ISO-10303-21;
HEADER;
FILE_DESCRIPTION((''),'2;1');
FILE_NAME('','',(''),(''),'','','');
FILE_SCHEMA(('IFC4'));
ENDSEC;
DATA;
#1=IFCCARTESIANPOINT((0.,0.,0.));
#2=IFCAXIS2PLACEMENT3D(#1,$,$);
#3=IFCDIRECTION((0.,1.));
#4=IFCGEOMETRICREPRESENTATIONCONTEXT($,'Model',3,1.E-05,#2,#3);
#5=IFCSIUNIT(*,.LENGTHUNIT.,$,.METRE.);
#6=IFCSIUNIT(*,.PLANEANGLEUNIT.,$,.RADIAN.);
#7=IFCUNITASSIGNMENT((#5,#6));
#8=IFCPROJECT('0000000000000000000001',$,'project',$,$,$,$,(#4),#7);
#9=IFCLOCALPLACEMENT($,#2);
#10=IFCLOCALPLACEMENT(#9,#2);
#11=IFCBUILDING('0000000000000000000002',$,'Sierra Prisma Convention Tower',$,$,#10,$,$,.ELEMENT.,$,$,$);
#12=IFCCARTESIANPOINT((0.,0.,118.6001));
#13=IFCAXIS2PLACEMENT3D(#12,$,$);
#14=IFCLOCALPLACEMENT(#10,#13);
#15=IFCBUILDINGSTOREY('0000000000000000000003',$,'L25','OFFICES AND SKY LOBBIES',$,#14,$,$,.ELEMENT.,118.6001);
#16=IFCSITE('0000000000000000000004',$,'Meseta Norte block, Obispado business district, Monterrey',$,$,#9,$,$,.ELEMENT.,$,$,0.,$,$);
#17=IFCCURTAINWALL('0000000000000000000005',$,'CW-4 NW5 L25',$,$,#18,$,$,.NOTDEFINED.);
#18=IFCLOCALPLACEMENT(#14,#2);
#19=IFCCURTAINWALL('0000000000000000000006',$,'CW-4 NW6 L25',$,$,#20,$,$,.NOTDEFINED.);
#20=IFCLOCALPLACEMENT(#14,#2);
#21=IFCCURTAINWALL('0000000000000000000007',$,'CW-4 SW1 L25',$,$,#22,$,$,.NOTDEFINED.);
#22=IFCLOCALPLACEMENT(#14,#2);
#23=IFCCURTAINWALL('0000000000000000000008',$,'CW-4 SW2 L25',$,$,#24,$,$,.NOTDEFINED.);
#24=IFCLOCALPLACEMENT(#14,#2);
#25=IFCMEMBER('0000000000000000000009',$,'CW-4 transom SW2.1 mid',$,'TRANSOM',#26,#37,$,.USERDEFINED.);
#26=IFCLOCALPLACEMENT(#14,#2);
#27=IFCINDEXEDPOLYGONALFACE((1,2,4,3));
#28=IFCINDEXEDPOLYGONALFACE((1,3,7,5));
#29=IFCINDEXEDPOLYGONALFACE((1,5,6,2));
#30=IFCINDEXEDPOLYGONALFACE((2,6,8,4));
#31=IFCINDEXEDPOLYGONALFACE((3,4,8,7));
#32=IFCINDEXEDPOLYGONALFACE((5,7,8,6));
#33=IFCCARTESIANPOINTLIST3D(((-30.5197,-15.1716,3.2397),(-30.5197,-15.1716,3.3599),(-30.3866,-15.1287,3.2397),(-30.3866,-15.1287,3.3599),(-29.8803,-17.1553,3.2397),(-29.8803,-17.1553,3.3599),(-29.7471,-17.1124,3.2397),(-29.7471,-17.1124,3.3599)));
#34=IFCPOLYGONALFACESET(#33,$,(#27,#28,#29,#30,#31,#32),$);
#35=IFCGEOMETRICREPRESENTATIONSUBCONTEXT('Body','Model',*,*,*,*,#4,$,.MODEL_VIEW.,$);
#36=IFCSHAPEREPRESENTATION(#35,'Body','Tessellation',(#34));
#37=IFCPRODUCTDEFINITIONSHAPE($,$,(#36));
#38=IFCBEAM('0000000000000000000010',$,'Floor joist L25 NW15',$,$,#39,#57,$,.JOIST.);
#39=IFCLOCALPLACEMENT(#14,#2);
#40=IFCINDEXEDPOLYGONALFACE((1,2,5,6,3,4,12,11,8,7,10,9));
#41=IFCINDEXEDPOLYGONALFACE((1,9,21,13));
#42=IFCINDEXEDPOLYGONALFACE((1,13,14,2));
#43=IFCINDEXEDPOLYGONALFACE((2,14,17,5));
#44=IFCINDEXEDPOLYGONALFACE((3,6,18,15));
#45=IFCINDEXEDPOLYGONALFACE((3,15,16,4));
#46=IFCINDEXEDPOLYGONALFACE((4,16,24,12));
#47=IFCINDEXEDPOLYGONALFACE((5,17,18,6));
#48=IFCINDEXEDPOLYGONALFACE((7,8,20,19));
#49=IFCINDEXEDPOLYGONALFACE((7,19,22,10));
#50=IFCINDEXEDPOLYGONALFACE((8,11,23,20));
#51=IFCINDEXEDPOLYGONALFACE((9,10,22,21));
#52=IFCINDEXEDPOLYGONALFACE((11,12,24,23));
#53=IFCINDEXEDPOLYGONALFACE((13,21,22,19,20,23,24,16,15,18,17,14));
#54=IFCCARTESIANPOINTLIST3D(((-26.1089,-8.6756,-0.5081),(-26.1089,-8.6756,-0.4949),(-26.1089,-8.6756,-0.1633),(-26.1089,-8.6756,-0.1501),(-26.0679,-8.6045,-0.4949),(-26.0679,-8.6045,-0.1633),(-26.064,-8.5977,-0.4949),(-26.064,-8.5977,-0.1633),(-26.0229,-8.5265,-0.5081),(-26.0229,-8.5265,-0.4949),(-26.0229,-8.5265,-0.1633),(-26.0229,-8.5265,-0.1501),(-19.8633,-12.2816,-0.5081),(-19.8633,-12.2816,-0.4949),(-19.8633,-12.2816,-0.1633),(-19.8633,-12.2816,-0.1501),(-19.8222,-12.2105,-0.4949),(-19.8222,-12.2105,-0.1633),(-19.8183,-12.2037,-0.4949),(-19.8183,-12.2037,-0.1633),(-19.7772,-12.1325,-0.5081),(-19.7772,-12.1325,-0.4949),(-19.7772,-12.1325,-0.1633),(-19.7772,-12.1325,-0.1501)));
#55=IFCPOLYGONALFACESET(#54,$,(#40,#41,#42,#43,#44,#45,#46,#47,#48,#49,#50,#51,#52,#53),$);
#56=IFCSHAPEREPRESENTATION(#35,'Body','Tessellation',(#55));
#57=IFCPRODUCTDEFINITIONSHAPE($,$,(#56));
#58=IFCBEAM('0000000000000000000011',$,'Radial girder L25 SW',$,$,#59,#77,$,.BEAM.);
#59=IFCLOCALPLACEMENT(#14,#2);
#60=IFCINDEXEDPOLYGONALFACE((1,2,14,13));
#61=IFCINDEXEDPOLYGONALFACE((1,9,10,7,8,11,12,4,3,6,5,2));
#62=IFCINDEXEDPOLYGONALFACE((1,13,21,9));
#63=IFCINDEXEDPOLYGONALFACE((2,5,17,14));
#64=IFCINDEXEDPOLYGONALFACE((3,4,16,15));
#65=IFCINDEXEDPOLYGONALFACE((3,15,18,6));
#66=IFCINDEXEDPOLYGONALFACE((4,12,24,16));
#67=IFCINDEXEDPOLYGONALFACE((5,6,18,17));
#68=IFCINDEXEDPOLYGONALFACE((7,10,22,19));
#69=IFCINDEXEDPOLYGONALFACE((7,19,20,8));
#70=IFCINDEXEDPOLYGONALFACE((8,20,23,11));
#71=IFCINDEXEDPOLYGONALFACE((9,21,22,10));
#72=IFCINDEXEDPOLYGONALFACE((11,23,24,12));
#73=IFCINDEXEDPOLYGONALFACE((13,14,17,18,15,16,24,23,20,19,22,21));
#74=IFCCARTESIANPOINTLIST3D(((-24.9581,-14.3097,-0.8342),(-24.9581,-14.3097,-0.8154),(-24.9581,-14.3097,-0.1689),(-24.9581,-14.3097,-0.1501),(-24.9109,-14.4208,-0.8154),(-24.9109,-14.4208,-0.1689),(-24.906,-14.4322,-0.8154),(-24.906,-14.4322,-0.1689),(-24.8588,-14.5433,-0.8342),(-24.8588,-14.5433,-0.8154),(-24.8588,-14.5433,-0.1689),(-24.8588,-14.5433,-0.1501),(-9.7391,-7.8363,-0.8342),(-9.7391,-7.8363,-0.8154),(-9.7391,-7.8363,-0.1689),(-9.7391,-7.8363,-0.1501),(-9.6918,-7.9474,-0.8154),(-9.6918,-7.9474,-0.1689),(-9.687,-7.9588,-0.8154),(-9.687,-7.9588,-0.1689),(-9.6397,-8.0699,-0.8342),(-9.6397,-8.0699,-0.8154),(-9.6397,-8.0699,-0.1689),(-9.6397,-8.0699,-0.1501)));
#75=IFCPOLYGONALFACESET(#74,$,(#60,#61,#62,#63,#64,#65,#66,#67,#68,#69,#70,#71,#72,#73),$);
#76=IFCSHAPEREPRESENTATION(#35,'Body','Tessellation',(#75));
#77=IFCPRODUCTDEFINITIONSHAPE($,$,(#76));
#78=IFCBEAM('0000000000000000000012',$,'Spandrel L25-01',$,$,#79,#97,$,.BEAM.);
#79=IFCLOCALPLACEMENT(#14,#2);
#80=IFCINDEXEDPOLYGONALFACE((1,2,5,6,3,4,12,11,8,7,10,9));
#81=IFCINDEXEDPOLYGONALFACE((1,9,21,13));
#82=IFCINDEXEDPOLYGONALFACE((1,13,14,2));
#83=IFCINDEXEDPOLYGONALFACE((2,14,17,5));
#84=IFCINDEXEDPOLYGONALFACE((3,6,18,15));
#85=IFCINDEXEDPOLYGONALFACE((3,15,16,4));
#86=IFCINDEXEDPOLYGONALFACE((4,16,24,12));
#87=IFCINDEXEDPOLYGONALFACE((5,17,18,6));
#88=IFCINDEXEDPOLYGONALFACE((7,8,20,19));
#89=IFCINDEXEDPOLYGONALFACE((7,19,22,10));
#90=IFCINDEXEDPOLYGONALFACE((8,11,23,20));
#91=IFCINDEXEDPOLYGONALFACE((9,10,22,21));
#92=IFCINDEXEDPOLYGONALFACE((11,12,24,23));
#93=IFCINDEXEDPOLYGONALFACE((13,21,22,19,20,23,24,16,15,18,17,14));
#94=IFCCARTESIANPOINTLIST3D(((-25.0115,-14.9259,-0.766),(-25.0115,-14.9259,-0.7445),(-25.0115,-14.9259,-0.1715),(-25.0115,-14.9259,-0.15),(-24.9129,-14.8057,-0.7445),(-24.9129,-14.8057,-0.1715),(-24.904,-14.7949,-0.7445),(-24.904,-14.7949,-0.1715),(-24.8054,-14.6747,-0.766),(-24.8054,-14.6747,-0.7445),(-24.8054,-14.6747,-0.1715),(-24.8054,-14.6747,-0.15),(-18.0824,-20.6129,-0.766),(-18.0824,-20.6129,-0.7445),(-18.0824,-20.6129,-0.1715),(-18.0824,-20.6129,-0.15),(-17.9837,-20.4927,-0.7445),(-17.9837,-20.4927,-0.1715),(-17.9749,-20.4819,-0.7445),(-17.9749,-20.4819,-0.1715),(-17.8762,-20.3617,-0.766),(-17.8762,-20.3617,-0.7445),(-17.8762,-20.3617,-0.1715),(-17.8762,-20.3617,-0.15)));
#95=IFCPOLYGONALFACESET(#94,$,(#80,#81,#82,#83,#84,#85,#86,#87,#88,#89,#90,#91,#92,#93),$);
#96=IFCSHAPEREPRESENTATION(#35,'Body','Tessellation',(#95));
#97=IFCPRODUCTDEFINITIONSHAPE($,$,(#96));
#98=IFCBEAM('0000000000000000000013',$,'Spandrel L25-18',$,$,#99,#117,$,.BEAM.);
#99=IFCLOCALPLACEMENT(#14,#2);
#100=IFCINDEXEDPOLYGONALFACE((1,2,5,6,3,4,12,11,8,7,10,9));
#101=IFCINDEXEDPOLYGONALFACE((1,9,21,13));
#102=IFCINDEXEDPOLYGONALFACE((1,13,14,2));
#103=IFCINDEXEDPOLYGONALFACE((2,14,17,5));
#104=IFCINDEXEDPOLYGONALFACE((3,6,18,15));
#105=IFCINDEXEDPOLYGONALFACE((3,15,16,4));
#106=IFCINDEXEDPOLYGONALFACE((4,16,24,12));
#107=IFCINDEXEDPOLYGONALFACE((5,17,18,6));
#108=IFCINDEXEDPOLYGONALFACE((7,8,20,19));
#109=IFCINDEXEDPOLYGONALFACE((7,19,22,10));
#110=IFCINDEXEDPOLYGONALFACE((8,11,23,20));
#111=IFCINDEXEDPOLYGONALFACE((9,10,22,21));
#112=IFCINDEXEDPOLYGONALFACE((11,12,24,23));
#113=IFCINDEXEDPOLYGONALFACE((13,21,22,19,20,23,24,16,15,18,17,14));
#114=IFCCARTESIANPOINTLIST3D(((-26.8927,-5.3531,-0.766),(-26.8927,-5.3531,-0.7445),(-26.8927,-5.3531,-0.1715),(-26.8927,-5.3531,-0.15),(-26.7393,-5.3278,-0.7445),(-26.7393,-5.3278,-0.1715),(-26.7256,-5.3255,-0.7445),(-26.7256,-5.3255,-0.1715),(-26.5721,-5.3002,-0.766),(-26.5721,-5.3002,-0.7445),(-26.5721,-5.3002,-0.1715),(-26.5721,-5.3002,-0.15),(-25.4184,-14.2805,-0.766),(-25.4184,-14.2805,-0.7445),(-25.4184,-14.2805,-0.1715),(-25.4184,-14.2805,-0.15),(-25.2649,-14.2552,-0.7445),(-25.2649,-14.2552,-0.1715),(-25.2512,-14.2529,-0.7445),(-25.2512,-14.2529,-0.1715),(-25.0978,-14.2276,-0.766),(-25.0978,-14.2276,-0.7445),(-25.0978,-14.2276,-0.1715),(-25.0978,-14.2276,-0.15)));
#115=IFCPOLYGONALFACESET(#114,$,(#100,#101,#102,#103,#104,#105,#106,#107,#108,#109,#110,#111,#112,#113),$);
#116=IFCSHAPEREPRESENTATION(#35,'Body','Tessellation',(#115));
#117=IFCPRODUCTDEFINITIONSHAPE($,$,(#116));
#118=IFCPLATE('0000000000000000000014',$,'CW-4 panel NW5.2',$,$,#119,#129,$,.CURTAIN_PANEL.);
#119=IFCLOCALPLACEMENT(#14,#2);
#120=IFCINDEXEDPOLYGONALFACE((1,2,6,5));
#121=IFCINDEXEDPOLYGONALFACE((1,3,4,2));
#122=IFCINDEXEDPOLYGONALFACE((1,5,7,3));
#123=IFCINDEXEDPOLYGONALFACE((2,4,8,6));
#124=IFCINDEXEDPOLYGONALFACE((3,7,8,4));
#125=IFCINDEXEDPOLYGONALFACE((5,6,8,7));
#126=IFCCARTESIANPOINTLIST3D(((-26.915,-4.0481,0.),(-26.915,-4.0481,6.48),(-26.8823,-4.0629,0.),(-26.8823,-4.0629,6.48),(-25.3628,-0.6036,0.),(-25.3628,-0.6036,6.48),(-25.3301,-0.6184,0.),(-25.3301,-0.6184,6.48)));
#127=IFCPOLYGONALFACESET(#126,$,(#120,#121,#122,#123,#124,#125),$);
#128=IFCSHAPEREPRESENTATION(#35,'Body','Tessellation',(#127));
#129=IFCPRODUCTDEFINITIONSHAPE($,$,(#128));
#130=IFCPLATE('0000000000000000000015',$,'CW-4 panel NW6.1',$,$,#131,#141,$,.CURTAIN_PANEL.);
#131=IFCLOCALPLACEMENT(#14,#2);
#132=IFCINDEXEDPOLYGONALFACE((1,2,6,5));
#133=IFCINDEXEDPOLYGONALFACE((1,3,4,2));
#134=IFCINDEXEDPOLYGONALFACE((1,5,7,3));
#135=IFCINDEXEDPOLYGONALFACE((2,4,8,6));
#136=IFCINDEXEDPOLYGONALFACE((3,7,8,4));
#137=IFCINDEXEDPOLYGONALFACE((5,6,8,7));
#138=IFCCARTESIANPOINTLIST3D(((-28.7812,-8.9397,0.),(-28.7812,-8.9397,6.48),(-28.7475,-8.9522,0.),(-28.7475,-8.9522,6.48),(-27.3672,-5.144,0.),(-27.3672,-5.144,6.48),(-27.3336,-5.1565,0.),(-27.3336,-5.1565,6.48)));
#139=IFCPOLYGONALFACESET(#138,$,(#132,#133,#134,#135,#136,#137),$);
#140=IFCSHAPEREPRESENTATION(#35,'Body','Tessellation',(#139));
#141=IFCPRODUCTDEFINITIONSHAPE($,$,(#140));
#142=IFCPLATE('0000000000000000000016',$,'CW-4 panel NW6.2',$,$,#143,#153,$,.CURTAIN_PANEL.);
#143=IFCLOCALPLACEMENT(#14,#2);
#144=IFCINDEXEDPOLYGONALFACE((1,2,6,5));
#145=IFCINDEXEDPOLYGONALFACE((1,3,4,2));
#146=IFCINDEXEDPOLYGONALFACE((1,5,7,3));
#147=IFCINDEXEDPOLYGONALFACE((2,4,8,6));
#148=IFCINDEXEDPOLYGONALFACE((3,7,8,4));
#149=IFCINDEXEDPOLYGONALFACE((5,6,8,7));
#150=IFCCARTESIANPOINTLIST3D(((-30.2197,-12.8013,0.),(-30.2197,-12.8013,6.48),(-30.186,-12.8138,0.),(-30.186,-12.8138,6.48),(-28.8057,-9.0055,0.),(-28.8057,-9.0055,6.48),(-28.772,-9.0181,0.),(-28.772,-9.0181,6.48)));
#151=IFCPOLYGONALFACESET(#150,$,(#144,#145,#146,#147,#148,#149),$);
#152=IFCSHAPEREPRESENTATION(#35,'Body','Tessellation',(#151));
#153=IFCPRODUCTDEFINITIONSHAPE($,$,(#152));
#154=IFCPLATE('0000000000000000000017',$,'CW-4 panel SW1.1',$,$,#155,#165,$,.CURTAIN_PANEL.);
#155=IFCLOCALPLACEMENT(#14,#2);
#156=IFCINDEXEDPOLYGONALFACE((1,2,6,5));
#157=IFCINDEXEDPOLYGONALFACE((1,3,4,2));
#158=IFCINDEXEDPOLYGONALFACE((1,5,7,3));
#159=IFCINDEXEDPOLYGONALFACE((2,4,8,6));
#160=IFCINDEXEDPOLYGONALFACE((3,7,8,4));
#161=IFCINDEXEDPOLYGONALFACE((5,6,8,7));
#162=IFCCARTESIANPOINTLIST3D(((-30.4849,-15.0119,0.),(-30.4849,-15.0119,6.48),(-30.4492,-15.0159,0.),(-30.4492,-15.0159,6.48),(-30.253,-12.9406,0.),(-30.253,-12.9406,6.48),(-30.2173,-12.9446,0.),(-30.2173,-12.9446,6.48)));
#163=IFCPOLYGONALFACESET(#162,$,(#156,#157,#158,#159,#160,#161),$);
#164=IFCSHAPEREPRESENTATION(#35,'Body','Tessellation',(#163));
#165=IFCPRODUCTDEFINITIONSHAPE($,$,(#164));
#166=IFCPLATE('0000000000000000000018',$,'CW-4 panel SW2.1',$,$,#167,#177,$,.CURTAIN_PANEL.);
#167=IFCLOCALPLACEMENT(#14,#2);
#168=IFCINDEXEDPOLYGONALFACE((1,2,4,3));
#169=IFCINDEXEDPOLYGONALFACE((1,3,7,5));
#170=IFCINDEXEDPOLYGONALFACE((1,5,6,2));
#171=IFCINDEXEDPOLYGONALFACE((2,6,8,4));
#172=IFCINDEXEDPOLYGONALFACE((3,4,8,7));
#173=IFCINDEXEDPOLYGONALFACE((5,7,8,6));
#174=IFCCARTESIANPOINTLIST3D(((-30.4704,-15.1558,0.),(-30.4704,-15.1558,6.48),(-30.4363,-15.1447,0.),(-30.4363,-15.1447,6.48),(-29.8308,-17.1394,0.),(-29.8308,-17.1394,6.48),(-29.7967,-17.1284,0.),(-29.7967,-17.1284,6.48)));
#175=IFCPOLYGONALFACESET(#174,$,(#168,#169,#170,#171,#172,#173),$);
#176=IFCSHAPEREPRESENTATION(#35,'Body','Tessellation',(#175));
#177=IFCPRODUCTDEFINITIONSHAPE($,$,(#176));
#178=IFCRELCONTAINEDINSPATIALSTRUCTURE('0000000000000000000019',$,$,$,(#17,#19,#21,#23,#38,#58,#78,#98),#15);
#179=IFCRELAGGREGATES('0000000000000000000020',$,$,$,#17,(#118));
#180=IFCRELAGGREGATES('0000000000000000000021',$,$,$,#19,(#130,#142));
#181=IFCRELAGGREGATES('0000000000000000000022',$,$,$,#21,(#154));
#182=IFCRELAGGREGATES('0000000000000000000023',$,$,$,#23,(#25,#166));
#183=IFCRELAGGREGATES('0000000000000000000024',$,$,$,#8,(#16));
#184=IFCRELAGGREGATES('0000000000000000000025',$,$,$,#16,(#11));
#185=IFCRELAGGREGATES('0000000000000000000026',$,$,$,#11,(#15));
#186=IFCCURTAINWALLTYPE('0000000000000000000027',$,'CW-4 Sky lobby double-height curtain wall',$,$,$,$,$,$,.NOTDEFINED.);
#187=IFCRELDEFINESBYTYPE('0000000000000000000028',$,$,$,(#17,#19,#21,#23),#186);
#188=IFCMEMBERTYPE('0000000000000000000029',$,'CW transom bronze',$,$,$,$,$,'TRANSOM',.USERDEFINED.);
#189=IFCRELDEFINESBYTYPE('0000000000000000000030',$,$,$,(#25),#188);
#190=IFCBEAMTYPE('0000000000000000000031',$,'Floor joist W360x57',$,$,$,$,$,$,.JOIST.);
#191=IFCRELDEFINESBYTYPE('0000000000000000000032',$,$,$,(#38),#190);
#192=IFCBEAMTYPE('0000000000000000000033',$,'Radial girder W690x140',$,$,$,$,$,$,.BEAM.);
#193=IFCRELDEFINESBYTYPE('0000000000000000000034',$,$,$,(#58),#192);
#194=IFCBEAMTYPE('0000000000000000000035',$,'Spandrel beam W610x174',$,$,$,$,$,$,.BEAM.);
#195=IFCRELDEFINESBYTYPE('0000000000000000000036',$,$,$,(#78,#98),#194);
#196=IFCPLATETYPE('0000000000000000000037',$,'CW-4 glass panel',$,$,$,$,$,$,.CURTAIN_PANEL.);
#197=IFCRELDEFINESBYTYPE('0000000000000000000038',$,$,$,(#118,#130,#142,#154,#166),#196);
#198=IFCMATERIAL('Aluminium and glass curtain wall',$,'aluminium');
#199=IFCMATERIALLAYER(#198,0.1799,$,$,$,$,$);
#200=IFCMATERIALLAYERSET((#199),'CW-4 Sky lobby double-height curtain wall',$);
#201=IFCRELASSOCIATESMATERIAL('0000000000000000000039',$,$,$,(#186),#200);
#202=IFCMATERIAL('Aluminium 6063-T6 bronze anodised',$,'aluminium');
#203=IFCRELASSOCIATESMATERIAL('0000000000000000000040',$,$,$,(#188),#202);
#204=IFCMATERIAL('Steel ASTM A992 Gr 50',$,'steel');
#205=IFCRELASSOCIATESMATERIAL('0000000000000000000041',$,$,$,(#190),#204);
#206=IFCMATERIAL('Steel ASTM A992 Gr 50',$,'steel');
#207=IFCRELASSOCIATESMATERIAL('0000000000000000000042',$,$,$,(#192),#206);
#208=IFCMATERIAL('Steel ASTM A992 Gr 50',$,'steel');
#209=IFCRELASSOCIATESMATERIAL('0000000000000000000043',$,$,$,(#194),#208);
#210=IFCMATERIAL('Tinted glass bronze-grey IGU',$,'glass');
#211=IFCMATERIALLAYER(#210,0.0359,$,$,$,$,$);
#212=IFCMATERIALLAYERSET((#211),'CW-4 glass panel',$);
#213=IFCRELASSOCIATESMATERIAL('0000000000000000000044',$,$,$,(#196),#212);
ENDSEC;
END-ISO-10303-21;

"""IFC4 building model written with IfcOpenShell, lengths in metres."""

from ifc_helpers import new_model, si_unit, direction, frame, origin, origin_2d, place, context, subcontext, project, spatial, rectangle, i_section, extrude, material, layer, layer_set, material_profile, profile_set, type_object, element, aggregate, save


model = new_model("IFC4")

# Units and contexts
model_context = context("Model", 3, precision=1e-05, world=origin(), true_north=direction((0.0, 1.0)))
body_context = subcontext(model_context, "Body", "Model", "MODEL_VIEW")
ifc_project = project(units=[si_unit("LENGTHUNIT", "METRE"), si_unit("PLANEANGLEUNIT", "RADIAN")], contexts=[model_context])

# Site, building, storey
site_placement = place(None, origin())
site = spatial("IfcSite", under=ifc_project, at=site_placement, Name="Meseta Norte block, Obispado business district, Monterrey", CompositionType="ELEMENT", RefElevation=0.0)
building_placement = place(site_placement, origin())
building = spatial("IfcBuilding", under=site, at=building_placement, Name="Sierra Prisma Convention Tower", CompositionType="ELEMENT")
storey_placement = place(building_placement, frame((0.0, 0.0, 118.6001)))
storey = spatial("IfcBuildingStorey", under=building, at=storey_placement, Name="L25", Description="OFFICES AND SKY LOBBIES", CompositionType="ELEMENT", Elevation=118.6001)

# Curtain walls
ifc_material_1 = material(Name="Aluminium and glass curtain wall", Category="aluminium")
ifc_layer_1 = layer(ifc_material_1, 0.1799)
ifc_layer_set_1 = layer_set([ifc_layer_1], Name="CW-4 Sky lobby double-height curtain wall")
curtain_wall_type = type_object("IfcCurtainWallType", Name="CW-4 Sky lobby double-height curtain wall", PredefinedType="NOTDEFINED", material=ifc_layer_set_1)
curtain_wall_1_placement = place(storey_placement, origin())
curtain_wall_1 = element("IfcCurtainWall", 1, at=curtain_wall_1_placement, inside=storey, type_object=curtain_wall_type, Name="CW-4 NW5 L25", PredefinedType="NOTDEFINED")
curtain_wall_2_placement = place(storey_placement, origin())
curtain_wall_2 = element("IfcCurtainWall", 2, at=curtain_wall_2_placement, inside=storey, type_object=curtain_wall_type, Name="CW-4 NW6 L25", PredefinedType="NOTDEFINED")
curtain_wall_3_placement = place(storey_placement, origin())
curtain_wall_3 = element("IfcCurtainWall", 3, at=curtain_wall_3_placement, inside=storey, type_object=curtain_wall_type, Name="CW-4 SW1 L25", PredefinedType="NOTDEFINED")
curtain_wall_4_placement = place(storey_placement, origin())
curtain_wall_4 = element("IfcCurtainWall", 4, at=curtain_wall_4_placement, inside=storey, type_object=curtain_wall_type, Name="CW-4 SW2 L25", PredefinedType="NOTDEFINED")

# Member
ifc_material_2 = material(Name="Aluminium 6063-T6 bronze anodised", Category="aluminium")
ifc_material_profile_1 = material_profile(ifc_material_2, rectangle(XDim=0.1399, YDim=0.1201, at=origin_2d()), Name="ALU TRANSOM 120x140")
ifc_profile_set_1 = profile_set([ifc_material_profile_1], Name="Aluminium 6063-T6 bronze anodised")
member_type_1 = type_object("IfcMemberType", Name="CW transom bronze", ElementType="TRANSOM", PredefinedType="USERDEFINED", material=ifc_profile_set_1)
member_1_placement = place(storey_placement, frame((-30.4531, -15.1501, 3.2998), z_axis=(0.306794, -0.951776, 0.0), x_axis=(0.951776, 0.306794, 0.0)))
member_1 = element("IfcMember", 5, at=member_1_placement, type_object=member_type_1, Name="CW-4 transom SW2.1 mid", ObjectType="TRANSOM", PredefinedType="USERDEFINED", context=body_context, shape_type="SweptSolid", body=[
    extrude(rectangle(XDim=0.1399, YDim=0.1201, at=origin_2d()), origin(), (0.0, 0.0, 1.0), 2.0842),
])

# Beams
ifc_material_3 = material(Name="Steel ASTM A992 Gr 50", Category="steel")
ifc_material_profile_2 = material_profile(ifc_material_3, i_section(OverallWidth=0.1721, OverallDepth=0.3579, WebThickness=0.0078, FlangeThickness=0.0132, at=origin_2d()), Name="W360x57")
ifc_profile_set_2 = profile_set([ifc_material_profile_2], Name="Steel ASTM A992 Gr 50")
beam_type_1 = type_object("IfcBeamType", Name="Floor joist W360x57", PredefinedType="JOIST", material=ifc_profile_set_2)
beam_1_placement = place(storey_placement, frame((-26.0659, -8.6011, -0.3291), z_axis=(0.866022, -0.500006, 0.0), x_axis=(0.500006, 0.866022, 0.0)))
element("IfcBeam", 6, at=beam_1_placement, inside=storey, type_object=beam_type_1, Name="Floor joist L25 NW15", PredefinedType="JOIST", context=body_context, shape_type="SweptSolid", body=[
    extrude(i_section(OverallWidth=0.1721, OverallDepth=0.3579, WebThickness=0.0078, FlangeThickness=0.0132, at=origin_2d()), origin(), (0.0, 0.0, 1.0), 7.2119),
])
ifc_material_4 = material(Name="Steel ASTM A992 Gr 50", Category="steel")
ifc_material_profile_3 = material_profile(ifc_material_4, i_section(OverallWidth=0.2539, OverallDepth=0.6841, WebThickness=0.0125, FlangeThickness=0.0188, at=origin_2d()), Name="W690x140")
ifc_profile_set_3 = profile_set([ifc_material_profile_3], Name="Steel ASTM A992 Gr 50")
beam_type_2 = type_object("IfcBeamType", Name="Radial girder W690x140", PredefinedType="BEAM", material=ifc_profile_set_3)
beam_2_placement = place(storey_placement, frame((-24.9084, -14.4265, -0.4922), z_axis=(0.920215, 0.391413, 0.0), x_axis=(-0.391413, 0.920215, 0.0)))
element("IfcBeam", 7, at=beam_2_placement, inside=storey, type_object=beam_type_2, Name="Radial girder L25 SW", PredefinedType="BEAM", context=body_context, shape_type="SweptSolid", body=[
    extrude(i_section(OverallWidth=0.2539, OverallDepth=0.6841, WebThickness=0.0125, FlangeThickness=0.0188, at=origin_2d()), origin(), (0.0, 0.0, 1.0), 16.5386),
])
ifc_material_5 = material(Name="Steel ASTM A992 Gr 50", Category="steel")
ifc_material_profile_4 = material_profile(ifc_material_5, i_section(OverallWidth=0.325, OverallDepth=0.616, WebThickness=0.0139, FlangeThickness=0.0215, at=origin_2d()), Name="W610x174")
ifc_profile_set_4 = profile_set([ifc_material_profile_4], Name="Steel ASTM A992 Gr 50")
beam_type_3 = type_object("IfcBeamType", Name="Spandrel beam W610x174", PredefinedType="BEAM", material=ifc_profile_set_4)
beam_3_placement = place(storey_placement, frame((-24.9084, -14.8003, -0.458), z_axis=(0.77299, -0.634418, 0.0), x_axis=(0.634418, 0.77299, 0.0)))
element("IfcBeam", 8, at=beam_3_placement, inside=storey, type_object=beam_type_3, Name="Spandrel L25-01", PredefinedType="BEAM", context=body_context, shape_type="SweptSolid", body=[
    extrude(i_section(OverallWidth=0.325, OverallDepth=0.616, WebThickness=0.0139, FlangeThickness=0.0215, at=origin_2d()), origin(), (0.0, 0.0, 1.0), 8.9641),
])
beam_4_placement = place(storey_placement, frame((-26.7324, -5.3267, -0.458), z_axis=(0.162942, -0.986636, 0.0), x_axis=(0.986636, 0.162942, 0.0)))
element("IfcBeam", 9, at=beam_4_placement, inside=storey, type_object=beam_type_3, Name="Spandrel L25-18", PredefinedType="BEAM", context=body_context, shape_type="SweptSolid", body=[
    extrude(i_section(OverallWidth=0.325, OverallDepth=0.616, WebThickness=0.0139, FlangeThickness=0.0215, at=origin_2d()), origin(), (0.0, 0.0, 1.0), 9.0483),
])

# Plates
ifc_material_6 = material(Name="Tinted glass bronze-grey IGU", Category="glass")
ifc_layer_2 = layer(ifc_material_6, 0.0359)
ifc_layer_set_2 = layer_set([ifc_layer_2], Name="CW-4 glass panel")
plate_type = type_object("IfcPlateType", Name="CW-4 glass panel", PredefinedType="CURTAIN_PANEL", material=ifc_layer_set_2)
plate_1_placement = place(storey_placement, frame((-26.1226, -2.3333, 0.0), z_axis=(0.0, 0.0, 1.0), x_axis=(-0.410857, -0.9117, 0.0)))
plate_1 = element("IfcPlate", 10, at=plate_1_placement, type_object=plate_type, Name="CW-4 panel NW5.2", PredefinedType="CURTAIN_PANEL", context=body_context, shape_type="SweptSolid", body=[
    extrude(rectangle(XDim=3.7781, YDim=0.0359, at=origin_2d()), origin(), (0.0, 0.0, 1.0), 6.48),
])
aggregate(curtain_wall_1, [plate_1])
plate_2_placement = place(storey_placement, frame((-28.0574, -7.0481, 0.0), z_axis=(0.0, 0.0, 1.0), x_axis=(-0.349082, -0.937092, 0.0)))
plate_2 = element("IfcPlate", 11, at=plate_2_placement, type_object=plate_type, Name="CW-4 panel NW6.1", PredefinedType="CURTAIN_PANEL", context=body_context, shape_type="SweptSolid", body=[
    extrude(rectangle(XDim=4.0505, YDim=0.0359, at=origin_2d()), origin(), (0.0, 0.0, 1.0), 6.48),
])
plate_3_placement = place(storey_placement, frame((-29.4958, -10.9097, 0.0), z_axis=(0.0, 0.0, 1.0), x_axis=(-0.349082, -0.937092, 0.0)))
plate_3 = element("IfcPlate", 12, at=plate_3_placement, type_object=plate_type, Name="CW-4 panel NW6.2", PredefinedType="CURTAIN_PANEL", context=body_context, shape_type="SweptSolid", body=[
    extrude(rectangle(XDim=4.0505, YDim=0.0359, at=origin_2d()), origin(), (0.0, 0.0, 1.0), 6.48),
])
aggregate(curtain_wall_2, [plate_2, plate_3])
plate_4_placement = place(storey_placement, frame((-30.3511, -13.9783, 0.0), z_axis=(0.0, 0.0, 1.0), x_axis=(-0.111262, -0.993791, 0.0)))
plate_4 = element("IfcPlate", 13, at=plate_4_placement, type_object=plate_type, Name="CW-4 panel SW1.1", PredefinedType="CURTAIN_PANEL", context=body_context, shape_type="SweptSolid", body=[
    extrude(rectangle(XDim=2.0842, YDim=0.0359, at=origin_2d()), origin(), (0.0, 0.0, 1.0), 6.48),
])
aggregate(curtain_wall_3, [plate_4])
plate_5_placement = place(storey_placement, frame((-30.1335, -16.1421, 0.0), z_axis=(0.0, 0.0, 1.0), x_axis=(0.306869, -0.951752, 0.0)))
plate_5 = element("IfcPlate", 14, at=plate_5_placement, type_object=plate_type, Name="CW-4 panel SW2.1", PredefinedType="CURTAIN_PANEL", context=body_context, shape_type="SweptSolid", body=[
    extrude(rectangle(XDim=2.0842, YDim=0.0359, at=origin_2d()), origin(), (0.0, 0.0, 1.0), 6.48),
])
aggregate(curtain_wall_4, [member_1, plate_5])

save(model, "model.ifc")
